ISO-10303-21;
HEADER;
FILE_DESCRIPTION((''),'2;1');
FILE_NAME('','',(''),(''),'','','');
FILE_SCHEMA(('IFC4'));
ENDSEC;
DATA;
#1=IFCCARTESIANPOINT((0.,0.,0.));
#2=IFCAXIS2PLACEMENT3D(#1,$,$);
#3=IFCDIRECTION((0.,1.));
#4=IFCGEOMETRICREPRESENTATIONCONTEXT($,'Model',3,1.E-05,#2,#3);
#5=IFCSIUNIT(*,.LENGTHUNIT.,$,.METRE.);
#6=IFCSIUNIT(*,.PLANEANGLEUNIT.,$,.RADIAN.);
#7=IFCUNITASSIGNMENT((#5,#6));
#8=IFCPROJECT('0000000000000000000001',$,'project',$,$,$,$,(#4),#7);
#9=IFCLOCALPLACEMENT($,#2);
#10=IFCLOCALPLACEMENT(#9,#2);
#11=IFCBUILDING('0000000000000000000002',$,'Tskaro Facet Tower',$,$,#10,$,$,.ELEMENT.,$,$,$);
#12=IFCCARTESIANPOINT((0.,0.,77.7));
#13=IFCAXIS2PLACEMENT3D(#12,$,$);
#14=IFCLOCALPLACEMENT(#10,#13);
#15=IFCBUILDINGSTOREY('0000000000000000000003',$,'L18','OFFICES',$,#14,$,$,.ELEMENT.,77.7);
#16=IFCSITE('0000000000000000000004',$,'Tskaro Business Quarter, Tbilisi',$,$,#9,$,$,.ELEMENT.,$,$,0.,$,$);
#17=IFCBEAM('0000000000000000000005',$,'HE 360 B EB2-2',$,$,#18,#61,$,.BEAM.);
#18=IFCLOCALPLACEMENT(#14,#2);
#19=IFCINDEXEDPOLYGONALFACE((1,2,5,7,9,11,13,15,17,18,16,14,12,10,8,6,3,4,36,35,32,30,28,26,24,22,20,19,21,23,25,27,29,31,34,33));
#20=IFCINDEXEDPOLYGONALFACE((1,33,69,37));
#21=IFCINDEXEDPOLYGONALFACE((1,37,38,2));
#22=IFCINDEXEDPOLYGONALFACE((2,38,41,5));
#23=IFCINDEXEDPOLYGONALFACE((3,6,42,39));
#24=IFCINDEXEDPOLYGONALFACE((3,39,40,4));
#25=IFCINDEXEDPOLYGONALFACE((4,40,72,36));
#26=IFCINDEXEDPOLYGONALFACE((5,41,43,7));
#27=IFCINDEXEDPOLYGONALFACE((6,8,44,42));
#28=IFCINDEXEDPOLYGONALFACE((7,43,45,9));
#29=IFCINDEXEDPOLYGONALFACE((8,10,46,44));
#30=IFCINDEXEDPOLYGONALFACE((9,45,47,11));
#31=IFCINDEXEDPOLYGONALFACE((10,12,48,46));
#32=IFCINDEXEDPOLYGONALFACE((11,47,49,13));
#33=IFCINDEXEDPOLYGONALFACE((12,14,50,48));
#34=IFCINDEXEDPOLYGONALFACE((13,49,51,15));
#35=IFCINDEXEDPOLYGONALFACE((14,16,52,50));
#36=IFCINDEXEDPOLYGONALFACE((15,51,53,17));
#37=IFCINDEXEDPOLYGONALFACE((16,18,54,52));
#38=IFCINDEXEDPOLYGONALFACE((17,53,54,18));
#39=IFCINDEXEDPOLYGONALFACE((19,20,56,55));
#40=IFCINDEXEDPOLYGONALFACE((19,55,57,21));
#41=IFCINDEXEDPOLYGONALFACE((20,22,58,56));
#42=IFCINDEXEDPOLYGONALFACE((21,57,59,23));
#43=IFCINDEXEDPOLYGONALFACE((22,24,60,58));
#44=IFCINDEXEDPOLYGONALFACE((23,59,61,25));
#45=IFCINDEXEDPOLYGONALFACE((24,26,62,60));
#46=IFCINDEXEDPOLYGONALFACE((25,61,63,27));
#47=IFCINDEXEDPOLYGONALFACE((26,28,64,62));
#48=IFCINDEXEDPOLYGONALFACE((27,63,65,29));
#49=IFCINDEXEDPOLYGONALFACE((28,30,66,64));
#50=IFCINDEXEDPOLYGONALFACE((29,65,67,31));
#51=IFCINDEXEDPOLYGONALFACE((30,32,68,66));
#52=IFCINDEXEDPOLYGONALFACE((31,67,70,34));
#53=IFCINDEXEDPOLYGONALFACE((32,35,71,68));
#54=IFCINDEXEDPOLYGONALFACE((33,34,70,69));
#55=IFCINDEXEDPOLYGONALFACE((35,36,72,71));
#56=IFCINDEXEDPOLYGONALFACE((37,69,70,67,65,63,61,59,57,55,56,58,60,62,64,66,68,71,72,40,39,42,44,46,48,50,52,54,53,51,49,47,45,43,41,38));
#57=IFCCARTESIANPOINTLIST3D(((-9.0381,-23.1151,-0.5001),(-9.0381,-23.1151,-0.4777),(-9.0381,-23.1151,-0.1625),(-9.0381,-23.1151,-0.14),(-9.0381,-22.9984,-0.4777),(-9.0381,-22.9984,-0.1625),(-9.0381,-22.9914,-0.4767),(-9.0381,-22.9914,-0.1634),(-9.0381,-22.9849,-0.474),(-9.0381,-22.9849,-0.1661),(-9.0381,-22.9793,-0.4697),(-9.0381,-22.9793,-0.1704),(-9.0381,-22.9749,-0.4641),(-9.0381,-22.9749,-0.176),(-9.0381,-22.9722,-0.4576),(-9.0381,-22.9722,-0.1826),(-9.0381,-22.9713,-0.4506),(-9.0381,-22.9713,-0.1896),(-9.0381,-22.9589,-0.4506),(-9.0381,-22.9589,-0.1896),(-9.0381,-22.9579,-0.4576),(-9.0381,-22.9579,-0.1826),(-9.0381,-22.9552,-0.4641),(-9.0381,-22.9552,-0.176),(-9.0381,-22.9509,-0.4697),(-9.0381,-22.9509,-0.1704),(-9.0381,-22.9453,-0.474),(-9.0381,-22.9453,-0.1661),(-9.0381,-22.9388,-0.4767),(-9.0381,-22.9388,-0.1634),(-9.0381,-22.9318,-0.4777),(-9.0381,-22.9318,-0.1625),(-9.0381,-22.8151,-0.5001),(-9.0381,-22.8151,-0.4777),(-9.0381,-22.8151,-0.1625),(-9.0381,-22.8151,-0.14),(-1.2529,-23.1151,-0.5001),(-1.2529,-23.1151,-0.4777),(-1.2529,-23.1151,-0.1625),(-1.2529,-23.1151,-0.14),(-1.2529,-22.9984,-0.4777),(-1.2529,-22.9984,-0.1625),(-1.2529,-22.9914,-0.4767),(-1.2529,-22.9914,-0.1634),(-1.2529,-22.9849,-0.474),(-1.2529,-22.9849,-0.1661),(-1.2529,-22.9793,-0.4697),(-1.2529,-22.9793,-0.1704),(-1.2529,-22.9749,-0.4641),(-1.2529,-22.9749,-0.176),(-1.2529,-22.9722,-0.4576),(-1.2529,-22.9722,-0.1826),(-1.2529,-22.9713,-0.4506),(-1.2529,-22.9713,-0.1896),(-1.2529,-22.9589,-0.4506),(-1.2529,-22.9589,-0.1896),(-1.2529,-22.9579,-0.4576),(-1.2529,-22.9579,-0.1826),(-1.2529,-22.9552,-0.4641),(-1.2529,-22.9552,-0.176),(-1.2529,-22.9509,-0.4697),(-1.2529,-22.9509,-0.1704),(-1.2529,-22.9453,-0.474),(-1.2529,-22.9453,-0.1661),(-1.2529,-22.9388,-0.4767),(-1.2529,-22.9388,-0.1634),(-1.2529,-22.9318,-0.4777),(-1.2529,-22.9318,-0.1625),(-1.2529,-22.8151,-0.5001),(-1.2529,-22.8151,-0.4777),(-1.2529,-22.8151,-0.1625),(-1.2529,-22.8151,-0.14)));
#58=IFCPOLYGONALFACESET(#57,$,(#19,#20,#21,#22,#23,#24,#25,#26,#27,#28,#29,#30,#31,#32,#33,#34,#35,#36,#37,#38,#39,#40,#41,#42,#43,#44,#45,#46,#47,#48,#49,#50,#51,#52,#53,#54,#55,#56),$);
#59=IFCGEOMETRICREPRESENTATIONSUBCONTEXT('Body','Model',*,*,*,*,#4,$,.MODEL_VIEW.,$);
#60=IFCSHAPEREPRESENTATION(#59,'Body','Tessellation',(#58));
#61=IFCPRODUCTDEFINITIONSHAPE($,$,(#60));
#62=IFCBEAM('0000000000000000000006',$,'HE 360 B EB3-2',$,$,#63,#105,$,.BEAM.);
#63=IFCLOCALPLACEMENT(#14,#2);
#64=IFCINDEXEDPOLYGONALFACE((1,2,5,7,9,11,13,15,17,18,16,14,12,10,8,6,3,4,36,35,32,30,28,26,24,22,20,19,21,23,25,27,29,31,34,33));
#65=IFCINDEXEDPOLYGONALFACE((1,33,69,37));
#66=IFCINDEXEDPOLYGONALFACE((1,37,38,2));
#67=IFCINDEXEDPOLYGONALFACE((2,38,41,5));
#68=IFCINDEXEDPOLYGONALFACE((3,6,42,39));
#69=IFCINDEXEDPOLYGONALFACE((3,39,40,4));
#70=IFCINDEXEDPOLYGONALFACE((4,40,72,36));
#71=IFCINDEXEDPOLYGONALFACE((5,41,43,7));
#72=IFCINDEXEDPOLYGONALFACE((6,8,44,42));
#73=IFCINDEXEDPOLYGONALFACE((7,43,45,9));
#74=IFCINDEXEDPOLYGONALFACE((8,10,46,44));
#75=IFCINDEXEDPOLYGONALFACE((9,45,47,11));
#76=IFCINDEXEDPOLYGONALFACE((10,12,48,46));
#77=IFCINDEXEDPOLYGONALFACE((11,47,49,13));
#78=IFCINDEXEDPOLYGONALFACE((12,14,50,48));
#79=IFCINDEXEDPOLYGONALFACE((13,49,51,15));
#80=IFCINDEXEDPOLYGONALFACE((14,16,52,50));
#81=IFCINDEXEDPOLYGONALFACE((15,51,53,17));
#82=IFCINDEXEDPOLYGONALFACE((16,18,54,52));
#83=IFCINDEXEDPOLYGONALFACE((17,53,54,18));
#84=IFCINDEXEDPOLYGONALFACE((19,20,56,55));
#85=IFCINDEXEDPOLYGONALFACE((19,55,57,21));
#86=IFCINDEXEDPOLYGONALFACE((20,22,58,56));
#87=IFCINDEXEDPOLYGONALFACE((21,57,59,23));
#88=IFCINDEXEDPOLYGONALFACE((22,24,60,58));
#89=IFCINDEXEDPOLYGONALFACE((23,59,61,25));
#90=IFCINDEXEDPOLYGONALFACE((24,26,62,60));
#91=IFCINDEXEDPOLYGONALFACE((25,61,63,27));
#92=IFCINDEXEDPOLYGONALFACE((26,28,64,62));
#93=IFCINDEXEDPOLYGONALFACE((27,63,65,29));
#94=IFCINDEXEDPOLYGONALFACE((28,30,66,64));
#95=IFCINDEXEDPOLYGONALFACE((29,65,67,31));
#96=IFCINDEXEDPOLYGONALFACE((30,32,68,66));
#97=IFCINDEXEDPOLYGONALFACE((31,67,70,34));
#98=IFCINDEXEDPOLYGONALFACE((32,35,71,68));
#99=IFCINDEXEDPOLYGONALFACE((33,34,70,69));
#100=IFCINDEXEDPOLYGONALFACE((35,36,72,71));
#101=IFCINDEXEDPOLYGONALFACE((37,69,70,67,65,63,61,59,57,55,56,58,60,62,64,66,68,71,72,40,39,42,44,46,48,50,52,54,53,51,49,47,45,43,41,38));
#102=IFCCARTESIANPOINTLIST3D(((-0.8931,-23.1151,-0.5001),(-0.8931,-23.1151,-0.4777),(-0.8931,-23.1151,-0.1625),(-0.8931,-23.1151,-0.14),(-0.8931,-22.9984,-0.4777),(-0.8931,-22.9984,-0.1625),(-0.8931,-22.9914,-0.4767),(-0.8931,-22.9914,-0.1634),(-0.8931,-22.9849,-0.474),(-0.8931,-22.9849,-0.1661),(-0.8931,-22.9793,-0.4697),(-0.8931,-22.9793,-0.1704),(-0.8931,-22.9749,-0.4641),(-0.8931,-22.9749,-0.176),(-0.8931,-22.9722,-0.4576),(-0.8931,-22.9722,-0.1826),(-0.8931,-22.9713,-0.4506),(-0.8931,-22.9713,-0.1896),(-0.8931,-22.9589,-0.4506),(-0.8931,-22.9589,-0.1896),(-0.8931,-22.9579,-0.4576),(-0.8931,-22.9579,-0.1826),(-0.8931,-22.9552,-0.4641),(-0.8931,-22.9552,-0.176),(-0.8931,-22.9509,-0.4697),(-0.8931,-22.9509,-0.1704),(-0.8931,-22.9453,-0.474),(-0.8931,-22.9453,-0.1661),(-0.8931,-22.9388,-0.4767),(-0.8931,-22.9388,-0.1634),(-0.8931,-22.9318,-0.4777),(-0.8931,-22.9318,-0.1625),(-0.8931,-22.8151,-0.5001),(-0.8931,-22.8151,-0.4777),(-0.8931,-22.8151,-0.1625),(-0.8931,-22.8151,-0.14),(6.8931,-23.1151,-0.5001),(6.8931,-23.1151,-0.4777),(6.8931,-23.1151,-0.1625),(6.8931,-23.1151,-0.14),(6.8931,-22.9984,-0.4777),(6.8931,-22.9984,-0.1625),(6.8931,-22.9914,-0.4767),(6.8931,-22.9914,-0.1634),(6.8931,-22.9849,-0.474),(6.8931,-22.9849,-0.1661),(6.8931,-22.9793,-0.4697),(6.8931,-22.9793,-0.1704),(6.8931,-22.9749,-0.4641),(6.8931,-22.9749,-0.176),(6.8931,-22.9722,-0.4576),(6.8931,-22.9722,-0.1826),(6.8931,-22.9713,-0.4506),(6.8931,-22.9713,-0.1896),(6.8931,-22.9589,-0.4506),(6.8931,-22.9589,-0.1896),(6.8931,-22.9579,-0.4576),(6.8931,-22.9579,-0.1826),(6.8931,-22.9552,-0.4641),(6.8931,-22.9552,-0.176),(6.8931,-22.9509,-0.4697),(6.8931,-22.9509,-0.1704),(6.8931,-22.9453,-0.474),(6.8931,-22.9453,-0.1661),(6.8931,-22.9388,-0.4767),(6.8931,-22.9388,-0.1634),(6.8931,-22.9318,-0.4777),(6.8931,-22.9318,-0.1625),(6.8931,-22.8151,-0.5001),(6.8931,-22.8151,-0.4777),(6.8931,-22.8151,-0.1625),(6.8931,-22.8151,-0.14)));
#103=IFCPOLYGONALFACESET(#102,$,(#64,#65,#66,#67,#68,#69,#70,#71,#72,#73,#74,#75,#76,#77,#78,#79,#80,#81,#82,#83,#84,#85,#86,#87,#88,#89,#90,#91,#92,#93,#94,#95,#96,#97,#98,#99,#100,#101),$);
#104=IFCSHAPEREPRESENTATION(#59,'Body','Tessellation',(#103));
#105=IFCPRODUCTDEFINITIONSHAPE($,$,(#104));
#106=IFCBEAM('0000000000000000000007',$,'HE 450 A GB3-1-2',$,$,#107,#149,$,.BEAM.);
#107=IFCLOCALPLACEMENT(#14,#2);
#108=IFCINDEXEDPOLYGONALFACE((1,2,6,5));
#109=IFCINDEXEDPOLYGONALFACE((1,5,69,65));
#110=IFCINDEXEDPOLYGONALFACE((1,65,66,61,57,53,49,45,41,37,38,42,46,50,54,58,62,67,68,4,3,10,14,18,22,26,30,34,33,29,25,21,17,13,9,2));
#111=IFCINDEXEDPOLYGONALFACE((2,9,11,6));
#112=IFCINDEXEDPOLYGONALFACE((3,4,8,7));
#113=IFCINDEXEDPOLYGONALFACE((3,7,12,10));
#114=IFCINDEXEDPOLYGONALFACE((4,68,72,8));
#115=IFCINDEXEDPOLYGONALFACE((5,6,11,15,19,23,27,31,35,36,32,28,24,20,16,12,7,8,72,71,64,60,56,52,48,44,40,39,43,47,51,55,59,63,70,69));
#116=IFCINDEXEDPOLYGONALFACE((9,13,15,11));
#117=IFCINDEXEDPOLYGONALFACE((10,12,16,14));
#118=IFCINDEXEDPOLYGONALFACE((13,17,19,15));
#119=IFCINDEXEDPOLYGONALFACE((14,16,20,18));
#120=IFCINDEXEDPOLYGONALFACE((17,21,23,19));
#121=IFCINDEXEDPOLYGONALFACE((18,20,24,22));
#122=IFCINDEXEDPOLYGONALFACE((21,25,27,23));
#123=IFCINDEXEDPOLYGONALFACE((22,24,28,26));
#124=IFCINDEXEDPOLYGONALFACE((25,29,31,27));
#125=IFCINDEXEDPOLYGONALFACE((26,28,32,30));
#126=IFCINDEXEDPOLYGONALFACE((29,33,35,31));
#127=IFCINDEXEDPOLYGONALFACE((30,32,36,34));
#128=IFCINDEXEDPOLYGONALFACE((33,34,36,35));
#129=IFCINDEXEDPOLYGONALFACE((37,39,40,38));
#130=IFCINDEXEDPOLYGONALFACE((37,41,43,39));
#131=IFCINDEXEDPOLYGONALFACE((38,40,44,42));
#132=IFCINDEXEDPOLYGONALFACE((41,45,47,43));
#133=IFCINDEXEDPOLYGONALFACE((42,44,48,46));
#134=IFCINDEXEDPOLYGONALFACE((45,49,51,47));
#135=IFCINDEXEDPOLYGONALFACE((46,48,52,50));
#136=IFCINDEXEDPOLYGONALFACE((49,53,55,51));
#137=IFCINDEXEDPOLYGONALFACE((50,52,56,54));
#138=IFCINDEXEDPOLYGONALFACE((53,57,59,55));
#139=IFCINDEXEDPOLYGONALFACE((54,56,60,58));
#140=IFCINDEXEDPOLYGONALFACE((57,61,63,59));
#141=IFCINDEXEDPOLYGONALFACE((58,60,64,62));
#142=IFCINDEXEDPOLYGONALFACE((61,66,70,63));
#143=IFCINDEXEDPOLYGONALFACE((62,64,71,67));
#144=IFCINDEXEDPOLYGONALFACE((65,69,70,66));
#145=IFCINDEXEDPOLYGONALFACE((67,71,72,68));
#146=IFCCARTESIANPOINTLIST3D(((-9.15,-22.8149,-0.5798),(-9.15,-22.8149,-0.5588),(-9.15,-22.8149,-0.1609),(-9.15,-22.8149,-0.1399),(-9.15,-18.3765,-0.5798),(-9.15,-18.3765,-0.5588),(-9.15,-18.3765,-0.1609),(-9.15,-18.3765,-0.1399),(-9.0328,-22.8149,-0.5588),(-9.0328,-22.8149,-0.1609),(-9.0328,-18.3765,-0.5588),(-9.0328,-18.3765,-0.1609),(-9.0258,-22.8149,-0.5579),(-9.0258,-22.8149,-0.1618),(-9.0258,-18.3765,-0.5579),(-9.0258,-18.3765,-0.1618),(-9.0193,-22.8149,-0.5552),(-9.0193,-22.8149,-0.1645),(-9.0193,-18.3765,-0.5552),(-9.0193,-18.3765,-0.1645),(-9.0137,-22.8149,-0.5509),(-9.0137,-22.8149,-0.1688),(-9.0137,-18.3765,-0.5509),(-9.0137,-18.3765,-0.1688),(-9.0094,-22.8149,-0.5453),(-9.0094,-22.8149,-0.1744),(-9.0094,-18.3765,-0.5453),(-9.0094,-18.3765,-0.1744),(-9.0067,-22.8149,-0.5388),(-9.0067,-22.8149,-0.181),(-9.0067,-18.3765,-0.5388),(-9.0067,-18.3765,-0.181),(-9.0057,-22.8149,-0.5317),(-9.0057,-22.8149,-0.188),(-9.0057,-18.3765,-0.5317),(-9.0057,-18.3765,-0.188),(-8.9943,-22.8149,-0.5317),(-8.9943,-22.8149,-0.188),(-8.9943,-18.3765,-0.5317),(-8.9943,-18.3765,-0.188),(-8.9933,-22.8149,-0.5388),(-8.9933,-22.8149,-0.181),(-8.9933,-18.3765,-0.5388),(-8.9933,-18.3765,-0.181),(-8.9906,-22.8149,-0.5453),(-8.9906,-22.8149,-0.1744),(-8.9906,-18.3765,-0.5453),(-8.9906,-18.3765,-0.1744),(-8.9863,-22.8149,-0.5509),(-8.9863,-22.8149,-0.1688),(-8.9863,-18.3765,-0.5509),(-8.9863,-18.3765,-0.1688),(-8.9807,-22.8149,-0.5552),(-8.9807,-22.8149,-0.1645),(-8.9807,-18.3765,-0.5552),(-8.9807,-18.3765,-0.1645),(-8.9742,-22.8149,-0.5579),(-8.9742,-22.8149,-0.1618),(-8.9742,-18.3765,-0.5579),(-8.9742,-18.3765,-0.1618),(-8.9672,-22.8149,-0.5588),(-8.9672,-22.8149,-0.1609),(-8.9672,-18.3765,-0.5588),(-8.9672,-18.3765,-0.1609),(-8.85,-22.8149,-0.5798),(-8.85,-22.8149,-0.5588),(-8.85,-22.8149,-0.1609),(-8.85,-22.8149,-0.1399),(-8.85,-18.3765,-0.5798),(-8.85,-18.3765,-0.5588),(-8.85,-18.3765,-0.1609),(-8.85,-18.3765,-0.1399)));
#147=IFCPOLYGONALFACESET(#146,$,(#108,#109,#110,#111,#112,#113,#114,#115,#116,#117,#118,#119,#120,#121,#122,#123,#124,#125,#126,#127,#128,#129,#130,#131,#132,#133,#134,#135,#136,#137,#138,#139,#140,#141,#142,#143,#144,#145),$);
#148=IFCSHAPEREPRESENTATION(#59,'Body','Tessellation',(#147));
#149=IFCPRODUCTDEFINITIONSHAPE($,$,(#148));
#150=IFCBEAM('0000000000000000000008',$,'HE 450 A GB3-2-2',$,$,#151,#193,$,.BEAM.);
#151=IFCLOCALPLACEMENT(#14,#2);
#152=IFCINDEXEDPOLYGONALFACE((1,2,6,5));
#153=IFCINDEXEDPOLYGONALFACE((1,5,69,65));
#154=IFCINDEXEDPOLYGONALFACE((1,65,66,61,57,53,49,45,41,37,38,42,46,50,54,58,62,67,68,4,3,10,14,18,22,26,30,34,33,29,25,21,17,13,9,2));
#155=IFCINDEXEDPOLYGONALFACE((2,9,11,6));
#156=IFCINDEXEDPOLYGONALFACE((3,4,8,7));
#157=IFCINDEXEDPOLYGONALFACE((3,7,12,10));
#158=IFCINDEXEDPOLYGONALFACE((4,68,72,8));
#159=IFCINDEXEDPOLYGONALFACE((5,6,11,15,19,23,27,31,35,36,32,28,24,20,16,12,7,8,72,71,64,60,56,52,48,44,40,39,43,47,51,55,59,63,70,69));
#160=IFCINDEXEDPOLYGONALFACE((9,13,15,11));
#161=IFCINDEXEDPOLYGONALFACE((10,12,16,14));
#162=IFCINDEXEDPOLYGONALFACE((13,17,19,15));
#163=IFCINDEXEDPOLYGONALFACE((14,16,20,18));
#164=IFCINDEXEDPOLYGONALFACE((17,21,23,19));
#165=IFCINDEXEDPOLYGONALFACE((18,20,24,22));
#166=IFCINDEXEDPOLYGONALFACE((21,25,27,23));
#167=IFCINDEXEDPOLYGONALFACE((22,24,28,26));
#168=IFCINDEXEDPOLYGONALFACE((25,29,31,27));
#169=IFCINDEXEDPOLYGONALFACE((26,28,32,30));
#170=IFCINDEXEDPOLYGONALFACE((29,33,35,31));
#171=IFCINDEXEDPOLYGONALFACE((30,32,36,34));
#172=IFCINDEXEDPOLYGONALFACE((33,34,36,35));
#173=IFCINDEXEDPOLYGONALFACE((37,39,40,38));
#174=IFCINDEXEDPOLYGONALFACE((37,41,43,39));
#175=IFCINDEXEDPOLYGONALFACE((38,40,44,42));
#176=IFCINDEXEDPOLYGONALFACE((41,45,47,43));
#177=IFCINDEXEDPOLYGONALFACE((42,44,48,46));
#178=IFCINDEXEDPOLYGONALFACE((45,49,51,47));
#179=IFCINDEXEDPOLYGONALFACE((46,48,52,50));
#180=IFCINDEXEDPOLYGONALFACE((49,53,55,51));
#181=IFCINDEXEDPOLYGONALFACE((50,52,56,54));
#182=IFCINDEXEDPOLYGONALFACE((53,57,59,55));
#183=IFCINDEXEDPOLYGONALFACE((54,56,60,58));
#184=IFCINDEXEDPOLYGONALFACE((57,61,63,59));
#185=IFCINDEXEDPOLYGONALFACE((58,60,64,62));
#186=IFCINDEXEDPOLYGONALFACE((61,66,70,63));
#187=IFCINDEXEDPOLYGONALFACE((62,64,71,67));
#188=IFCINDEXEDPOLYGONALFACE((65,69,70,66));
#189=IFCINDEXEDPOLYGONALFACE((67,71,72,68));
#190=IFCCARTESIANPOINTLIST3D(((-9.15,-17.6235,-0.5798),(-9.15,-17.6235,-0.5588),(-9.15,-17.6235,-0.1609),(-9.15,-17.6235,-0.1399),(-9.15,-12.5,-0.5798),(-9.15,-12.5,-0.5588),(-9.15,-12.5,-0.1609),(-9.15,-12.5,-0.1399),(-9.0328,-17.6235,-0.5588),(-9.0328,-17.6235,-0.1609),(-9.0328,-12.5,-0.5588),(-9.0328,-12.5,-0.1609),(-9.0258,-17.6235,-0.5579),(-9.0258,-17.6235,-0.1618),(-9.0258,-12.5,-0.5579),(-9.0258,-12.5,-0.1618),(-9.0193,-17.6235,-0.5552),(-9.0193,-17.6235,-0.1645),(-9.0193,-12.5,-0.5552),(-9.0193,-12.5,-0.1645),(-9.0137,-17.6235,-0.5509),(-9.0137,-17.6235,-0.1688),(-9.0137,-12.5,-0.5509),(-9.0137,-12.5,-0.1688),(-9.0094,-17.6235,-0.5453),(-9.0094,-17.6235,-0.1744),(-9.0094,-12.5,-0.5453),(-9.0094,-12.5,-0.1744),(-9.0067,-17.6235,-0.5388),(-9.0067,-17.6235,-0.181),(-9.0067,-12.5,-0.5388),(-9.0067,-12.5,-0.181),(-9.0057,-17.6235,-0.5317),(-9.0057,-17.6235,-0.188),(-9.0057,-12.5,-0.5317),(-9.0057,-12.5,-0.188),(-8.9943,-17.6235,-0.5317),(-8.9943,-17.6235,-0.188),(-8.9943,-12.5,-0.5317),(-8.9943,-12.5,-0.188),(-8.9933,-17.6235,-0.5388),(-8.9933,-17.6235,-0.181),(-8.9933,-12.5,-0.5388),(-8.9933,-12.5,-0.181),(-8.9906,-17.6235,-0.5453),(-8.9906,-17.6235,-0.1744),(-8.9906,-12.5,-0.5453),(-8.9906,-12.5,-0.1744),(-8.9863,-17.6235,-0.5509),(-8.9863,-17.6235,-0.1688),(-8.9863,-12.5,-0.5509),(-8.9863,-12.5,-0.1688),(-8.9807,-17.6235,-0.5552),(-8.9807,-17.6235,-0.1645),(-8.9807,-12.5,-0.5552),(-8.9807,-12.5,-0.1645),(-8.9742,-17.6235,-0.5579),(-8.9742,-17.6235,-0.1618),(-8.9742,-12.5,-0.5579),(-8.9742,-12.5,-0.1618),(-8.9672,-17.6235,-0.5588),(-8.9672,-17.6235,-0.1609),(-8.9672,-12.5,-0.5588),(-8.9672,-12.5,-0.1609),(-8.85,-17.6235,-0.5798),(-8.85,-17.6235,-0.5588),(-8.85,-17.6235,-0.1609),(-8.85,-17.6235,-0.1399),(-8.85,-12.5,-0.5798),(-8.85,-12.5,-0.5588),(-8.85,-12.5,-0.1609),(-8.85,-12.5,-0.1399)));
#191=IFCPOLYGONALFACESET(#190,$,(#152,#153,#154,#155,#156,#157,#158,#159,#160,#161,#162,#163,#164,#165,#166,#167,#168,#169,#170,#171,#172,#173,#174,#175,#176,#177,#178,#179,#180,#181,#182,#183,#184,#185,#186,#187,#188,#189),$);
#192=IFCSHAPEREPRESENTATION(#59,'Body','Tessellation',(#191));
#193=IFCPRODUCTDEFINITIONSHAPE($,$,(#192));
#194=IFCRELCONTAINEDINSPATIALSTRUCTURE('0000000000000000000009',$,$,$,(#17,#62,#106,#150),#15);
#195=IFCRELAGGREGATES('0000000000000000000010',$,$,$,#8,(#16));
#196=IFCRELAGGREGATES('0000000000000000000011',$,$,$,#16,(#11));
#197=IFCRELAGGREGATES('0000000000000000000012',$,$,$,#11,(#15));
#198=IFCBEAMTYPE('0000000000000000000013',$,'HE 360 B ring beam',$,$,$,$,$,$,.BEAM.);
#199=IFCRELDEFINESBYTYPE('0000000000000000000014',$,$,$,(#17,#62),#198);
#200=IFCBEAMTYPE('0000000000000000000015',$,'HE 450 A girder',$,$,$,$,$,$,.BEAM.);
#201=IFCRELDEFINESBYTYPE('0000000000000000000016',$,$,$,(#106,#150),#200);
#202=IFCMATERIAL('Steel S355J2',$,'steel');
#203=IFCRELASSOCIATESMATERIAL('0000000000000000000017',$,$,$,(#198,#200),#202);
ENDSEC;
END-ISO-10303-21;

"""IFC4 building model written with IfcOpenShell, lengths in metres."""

from ifc_helpers import new_model, si_unit, direction, frame, origin, origin_2d, place, context, subcontext, project, spatial, i_section, extrude, material, material_profile, profile_set, type_object, element, save


model = new_model("IFC4")

# Units and contexts
model_context = context("Model", 3, precision=1e-05, world=origin(), true_north=direction((0.0, 1.0)))
body_context = subcontext(model_context, "Body", "Model", "MODEL_VIEW")
ifc_project = project(units=[si_unit("LENGTHUNIT", "METRE"), si_unit("PLANEANGLEUNIT", "RADIAN")], contexts=[model_context])

# Site, building, storey
site_placement = place(None, origin())
site = spatial("IfcSite", under=ifc_project, at=site_placement, Name="Tskaro Business Quarter, Tbilisi", CompositionType="ELEMENT", RefElevation=0.0)
building_placement = place(site_placement, origin())
building = spatial("IfcBuilding", under=site, at=building_placement, Name="Tskaro Facet Tower", CompositionType="ELEMENT")
storey_placement = place(building_placement, frame((0.0, 0.0, 77.7)))
storey = spatial("IfcBuildingStorey", under=building, at=storey_placement, Name="L18", Description="OFFICES", CompositionType="ELEMENT", Elevation=77.7)

# Beams
ifc_material_1 = material(Name="Steel S355J2", Category="steel")
ifc_material_profile_1 = material_profile(ifc_material_1, i_section(OverallWidth=0.3, OverallDepth=0.3601, WebThickness=0.0125, FlangeThickness=0.0225, FilletRadius=0.0271, at=origin_2d()), Name="HE 360 B")
ifc_profile_set_1 = profile_set([ifc_material_profile_1], Name="Steel S355J2")
beam_type_1 = type_object("IfcBeamType", Name="HE 360 B ring beam", PredefinedType="BEAM", material=ifc_profile_set_1)
beam_1_placement = place(storey_placement, frame((-9.0381, -22.9651, -0.3201), z_axis=(1.0, 0.0, 0.0), x_axis=(0.0, 1.0, 0.0)))
element("IfcBeam", 1, at=beam_1_placement, inside=storey, type_object=beam_type_1, Name="HE 360 B EB2-2", PredefinedType="BEAM", context=body_context, shape_type="SweptSolid", body=[
    extrude(i_section(OverallWidth=0.3, OverallDepth=0.3601, WebThickness=0.0125, FlangeThickness=0.0225, FilletRadius=0.0271, at=origin_2d()), origin(), (0.0, 0.0, 1.0), 7.7852),
])
beam_2_placement = place(storey_placement, frame((-0.8931, -22.9651, -0.3201), z_axis=(1.0, 0.0, 0.0), x_axis=(0.0, 1.0, 0.0)))
element("IfcBeam", 2, at=beam_2_placement, inside=storey, type_object=beam_type_1, Name="HE 360 B EB3-2", PredefinedType="BEAM", context=body_context, shape_type="SweptSolid", body=[
    extrude(i_section(OverallWidth=0.3, OverallDepth=0.3601, WebThickness=0.0125, FlangeThickness=0.0225, FilletRadius=0.0271, at=origin_2d()), origin(), (0.0, 0.0, 1.0), 7.7861),
])
ifc_material_profile_2 = material_profile(ifc_material_1, i_section(OverallWidth=0.3, OverallDepth=0.4399, WebThickness=0.0115, FlangeThickness=0.021, FilletRadius=0.0271, at=origin_2d()), Name="HE 450 A")
ifc_profile_set_2 = profile_set([ifc_material_profile_2], Name="Steel S355J2")
beam_type_2 = type_object("IfcBeamType", Name="HE 450 A girder", PredefinedType="BEAM", material=ifc_profile_set_2)
beam_3_placement = place(storey_placement, frame((-9.0, -22.8149, -0.3599), z_axis=(0.0, 1.0, 0.0), x_axis=(-1.0, 0.0, 0.0)))
element("IfcBeam", 3, at=beam_3_placement, inside=storey, type_object=beam_type_2, Name="HE 450 A GB3-1-2", PredefinedType="BEAM", context=body_context, shape_type="SweptSolid", body=[
    extrude(i_section(OverallWidth=0.3, OverallDepth=0.4399, WebThickness=0.0115, FlangeThickness=0.021, FilletRadius=0.0271, at=origin_2d()), origin(), (0.0, 0.0, 1.0), 4.4385),
])
beam_4_placement = place(storey_placement, frame((-9.0, -17.6235, -0.3599), z_axis=(0.0, 1.0, 0.0), x_axis=(-1.0, 0.0, 0.0)))
element("IfcBeam", 4, at=beam_4_placement, inside=storey, type_object=beam_type_2, Name="HE 450 A GB3-2-2", PredefinedType="BEAM", context=body_context, shape_type="SweptSolid", body=[
    extrude(i_section(OverallWidth=0.3, OverallDepth=0.4399, WebThickness=0.0115, FlangeThickness=0.021, FilletRadius=0.0271, at=origin_2d()), origin(), (0.0, 0.0, 1.0), 5.1235),
])

save(model, "model.ifc")
